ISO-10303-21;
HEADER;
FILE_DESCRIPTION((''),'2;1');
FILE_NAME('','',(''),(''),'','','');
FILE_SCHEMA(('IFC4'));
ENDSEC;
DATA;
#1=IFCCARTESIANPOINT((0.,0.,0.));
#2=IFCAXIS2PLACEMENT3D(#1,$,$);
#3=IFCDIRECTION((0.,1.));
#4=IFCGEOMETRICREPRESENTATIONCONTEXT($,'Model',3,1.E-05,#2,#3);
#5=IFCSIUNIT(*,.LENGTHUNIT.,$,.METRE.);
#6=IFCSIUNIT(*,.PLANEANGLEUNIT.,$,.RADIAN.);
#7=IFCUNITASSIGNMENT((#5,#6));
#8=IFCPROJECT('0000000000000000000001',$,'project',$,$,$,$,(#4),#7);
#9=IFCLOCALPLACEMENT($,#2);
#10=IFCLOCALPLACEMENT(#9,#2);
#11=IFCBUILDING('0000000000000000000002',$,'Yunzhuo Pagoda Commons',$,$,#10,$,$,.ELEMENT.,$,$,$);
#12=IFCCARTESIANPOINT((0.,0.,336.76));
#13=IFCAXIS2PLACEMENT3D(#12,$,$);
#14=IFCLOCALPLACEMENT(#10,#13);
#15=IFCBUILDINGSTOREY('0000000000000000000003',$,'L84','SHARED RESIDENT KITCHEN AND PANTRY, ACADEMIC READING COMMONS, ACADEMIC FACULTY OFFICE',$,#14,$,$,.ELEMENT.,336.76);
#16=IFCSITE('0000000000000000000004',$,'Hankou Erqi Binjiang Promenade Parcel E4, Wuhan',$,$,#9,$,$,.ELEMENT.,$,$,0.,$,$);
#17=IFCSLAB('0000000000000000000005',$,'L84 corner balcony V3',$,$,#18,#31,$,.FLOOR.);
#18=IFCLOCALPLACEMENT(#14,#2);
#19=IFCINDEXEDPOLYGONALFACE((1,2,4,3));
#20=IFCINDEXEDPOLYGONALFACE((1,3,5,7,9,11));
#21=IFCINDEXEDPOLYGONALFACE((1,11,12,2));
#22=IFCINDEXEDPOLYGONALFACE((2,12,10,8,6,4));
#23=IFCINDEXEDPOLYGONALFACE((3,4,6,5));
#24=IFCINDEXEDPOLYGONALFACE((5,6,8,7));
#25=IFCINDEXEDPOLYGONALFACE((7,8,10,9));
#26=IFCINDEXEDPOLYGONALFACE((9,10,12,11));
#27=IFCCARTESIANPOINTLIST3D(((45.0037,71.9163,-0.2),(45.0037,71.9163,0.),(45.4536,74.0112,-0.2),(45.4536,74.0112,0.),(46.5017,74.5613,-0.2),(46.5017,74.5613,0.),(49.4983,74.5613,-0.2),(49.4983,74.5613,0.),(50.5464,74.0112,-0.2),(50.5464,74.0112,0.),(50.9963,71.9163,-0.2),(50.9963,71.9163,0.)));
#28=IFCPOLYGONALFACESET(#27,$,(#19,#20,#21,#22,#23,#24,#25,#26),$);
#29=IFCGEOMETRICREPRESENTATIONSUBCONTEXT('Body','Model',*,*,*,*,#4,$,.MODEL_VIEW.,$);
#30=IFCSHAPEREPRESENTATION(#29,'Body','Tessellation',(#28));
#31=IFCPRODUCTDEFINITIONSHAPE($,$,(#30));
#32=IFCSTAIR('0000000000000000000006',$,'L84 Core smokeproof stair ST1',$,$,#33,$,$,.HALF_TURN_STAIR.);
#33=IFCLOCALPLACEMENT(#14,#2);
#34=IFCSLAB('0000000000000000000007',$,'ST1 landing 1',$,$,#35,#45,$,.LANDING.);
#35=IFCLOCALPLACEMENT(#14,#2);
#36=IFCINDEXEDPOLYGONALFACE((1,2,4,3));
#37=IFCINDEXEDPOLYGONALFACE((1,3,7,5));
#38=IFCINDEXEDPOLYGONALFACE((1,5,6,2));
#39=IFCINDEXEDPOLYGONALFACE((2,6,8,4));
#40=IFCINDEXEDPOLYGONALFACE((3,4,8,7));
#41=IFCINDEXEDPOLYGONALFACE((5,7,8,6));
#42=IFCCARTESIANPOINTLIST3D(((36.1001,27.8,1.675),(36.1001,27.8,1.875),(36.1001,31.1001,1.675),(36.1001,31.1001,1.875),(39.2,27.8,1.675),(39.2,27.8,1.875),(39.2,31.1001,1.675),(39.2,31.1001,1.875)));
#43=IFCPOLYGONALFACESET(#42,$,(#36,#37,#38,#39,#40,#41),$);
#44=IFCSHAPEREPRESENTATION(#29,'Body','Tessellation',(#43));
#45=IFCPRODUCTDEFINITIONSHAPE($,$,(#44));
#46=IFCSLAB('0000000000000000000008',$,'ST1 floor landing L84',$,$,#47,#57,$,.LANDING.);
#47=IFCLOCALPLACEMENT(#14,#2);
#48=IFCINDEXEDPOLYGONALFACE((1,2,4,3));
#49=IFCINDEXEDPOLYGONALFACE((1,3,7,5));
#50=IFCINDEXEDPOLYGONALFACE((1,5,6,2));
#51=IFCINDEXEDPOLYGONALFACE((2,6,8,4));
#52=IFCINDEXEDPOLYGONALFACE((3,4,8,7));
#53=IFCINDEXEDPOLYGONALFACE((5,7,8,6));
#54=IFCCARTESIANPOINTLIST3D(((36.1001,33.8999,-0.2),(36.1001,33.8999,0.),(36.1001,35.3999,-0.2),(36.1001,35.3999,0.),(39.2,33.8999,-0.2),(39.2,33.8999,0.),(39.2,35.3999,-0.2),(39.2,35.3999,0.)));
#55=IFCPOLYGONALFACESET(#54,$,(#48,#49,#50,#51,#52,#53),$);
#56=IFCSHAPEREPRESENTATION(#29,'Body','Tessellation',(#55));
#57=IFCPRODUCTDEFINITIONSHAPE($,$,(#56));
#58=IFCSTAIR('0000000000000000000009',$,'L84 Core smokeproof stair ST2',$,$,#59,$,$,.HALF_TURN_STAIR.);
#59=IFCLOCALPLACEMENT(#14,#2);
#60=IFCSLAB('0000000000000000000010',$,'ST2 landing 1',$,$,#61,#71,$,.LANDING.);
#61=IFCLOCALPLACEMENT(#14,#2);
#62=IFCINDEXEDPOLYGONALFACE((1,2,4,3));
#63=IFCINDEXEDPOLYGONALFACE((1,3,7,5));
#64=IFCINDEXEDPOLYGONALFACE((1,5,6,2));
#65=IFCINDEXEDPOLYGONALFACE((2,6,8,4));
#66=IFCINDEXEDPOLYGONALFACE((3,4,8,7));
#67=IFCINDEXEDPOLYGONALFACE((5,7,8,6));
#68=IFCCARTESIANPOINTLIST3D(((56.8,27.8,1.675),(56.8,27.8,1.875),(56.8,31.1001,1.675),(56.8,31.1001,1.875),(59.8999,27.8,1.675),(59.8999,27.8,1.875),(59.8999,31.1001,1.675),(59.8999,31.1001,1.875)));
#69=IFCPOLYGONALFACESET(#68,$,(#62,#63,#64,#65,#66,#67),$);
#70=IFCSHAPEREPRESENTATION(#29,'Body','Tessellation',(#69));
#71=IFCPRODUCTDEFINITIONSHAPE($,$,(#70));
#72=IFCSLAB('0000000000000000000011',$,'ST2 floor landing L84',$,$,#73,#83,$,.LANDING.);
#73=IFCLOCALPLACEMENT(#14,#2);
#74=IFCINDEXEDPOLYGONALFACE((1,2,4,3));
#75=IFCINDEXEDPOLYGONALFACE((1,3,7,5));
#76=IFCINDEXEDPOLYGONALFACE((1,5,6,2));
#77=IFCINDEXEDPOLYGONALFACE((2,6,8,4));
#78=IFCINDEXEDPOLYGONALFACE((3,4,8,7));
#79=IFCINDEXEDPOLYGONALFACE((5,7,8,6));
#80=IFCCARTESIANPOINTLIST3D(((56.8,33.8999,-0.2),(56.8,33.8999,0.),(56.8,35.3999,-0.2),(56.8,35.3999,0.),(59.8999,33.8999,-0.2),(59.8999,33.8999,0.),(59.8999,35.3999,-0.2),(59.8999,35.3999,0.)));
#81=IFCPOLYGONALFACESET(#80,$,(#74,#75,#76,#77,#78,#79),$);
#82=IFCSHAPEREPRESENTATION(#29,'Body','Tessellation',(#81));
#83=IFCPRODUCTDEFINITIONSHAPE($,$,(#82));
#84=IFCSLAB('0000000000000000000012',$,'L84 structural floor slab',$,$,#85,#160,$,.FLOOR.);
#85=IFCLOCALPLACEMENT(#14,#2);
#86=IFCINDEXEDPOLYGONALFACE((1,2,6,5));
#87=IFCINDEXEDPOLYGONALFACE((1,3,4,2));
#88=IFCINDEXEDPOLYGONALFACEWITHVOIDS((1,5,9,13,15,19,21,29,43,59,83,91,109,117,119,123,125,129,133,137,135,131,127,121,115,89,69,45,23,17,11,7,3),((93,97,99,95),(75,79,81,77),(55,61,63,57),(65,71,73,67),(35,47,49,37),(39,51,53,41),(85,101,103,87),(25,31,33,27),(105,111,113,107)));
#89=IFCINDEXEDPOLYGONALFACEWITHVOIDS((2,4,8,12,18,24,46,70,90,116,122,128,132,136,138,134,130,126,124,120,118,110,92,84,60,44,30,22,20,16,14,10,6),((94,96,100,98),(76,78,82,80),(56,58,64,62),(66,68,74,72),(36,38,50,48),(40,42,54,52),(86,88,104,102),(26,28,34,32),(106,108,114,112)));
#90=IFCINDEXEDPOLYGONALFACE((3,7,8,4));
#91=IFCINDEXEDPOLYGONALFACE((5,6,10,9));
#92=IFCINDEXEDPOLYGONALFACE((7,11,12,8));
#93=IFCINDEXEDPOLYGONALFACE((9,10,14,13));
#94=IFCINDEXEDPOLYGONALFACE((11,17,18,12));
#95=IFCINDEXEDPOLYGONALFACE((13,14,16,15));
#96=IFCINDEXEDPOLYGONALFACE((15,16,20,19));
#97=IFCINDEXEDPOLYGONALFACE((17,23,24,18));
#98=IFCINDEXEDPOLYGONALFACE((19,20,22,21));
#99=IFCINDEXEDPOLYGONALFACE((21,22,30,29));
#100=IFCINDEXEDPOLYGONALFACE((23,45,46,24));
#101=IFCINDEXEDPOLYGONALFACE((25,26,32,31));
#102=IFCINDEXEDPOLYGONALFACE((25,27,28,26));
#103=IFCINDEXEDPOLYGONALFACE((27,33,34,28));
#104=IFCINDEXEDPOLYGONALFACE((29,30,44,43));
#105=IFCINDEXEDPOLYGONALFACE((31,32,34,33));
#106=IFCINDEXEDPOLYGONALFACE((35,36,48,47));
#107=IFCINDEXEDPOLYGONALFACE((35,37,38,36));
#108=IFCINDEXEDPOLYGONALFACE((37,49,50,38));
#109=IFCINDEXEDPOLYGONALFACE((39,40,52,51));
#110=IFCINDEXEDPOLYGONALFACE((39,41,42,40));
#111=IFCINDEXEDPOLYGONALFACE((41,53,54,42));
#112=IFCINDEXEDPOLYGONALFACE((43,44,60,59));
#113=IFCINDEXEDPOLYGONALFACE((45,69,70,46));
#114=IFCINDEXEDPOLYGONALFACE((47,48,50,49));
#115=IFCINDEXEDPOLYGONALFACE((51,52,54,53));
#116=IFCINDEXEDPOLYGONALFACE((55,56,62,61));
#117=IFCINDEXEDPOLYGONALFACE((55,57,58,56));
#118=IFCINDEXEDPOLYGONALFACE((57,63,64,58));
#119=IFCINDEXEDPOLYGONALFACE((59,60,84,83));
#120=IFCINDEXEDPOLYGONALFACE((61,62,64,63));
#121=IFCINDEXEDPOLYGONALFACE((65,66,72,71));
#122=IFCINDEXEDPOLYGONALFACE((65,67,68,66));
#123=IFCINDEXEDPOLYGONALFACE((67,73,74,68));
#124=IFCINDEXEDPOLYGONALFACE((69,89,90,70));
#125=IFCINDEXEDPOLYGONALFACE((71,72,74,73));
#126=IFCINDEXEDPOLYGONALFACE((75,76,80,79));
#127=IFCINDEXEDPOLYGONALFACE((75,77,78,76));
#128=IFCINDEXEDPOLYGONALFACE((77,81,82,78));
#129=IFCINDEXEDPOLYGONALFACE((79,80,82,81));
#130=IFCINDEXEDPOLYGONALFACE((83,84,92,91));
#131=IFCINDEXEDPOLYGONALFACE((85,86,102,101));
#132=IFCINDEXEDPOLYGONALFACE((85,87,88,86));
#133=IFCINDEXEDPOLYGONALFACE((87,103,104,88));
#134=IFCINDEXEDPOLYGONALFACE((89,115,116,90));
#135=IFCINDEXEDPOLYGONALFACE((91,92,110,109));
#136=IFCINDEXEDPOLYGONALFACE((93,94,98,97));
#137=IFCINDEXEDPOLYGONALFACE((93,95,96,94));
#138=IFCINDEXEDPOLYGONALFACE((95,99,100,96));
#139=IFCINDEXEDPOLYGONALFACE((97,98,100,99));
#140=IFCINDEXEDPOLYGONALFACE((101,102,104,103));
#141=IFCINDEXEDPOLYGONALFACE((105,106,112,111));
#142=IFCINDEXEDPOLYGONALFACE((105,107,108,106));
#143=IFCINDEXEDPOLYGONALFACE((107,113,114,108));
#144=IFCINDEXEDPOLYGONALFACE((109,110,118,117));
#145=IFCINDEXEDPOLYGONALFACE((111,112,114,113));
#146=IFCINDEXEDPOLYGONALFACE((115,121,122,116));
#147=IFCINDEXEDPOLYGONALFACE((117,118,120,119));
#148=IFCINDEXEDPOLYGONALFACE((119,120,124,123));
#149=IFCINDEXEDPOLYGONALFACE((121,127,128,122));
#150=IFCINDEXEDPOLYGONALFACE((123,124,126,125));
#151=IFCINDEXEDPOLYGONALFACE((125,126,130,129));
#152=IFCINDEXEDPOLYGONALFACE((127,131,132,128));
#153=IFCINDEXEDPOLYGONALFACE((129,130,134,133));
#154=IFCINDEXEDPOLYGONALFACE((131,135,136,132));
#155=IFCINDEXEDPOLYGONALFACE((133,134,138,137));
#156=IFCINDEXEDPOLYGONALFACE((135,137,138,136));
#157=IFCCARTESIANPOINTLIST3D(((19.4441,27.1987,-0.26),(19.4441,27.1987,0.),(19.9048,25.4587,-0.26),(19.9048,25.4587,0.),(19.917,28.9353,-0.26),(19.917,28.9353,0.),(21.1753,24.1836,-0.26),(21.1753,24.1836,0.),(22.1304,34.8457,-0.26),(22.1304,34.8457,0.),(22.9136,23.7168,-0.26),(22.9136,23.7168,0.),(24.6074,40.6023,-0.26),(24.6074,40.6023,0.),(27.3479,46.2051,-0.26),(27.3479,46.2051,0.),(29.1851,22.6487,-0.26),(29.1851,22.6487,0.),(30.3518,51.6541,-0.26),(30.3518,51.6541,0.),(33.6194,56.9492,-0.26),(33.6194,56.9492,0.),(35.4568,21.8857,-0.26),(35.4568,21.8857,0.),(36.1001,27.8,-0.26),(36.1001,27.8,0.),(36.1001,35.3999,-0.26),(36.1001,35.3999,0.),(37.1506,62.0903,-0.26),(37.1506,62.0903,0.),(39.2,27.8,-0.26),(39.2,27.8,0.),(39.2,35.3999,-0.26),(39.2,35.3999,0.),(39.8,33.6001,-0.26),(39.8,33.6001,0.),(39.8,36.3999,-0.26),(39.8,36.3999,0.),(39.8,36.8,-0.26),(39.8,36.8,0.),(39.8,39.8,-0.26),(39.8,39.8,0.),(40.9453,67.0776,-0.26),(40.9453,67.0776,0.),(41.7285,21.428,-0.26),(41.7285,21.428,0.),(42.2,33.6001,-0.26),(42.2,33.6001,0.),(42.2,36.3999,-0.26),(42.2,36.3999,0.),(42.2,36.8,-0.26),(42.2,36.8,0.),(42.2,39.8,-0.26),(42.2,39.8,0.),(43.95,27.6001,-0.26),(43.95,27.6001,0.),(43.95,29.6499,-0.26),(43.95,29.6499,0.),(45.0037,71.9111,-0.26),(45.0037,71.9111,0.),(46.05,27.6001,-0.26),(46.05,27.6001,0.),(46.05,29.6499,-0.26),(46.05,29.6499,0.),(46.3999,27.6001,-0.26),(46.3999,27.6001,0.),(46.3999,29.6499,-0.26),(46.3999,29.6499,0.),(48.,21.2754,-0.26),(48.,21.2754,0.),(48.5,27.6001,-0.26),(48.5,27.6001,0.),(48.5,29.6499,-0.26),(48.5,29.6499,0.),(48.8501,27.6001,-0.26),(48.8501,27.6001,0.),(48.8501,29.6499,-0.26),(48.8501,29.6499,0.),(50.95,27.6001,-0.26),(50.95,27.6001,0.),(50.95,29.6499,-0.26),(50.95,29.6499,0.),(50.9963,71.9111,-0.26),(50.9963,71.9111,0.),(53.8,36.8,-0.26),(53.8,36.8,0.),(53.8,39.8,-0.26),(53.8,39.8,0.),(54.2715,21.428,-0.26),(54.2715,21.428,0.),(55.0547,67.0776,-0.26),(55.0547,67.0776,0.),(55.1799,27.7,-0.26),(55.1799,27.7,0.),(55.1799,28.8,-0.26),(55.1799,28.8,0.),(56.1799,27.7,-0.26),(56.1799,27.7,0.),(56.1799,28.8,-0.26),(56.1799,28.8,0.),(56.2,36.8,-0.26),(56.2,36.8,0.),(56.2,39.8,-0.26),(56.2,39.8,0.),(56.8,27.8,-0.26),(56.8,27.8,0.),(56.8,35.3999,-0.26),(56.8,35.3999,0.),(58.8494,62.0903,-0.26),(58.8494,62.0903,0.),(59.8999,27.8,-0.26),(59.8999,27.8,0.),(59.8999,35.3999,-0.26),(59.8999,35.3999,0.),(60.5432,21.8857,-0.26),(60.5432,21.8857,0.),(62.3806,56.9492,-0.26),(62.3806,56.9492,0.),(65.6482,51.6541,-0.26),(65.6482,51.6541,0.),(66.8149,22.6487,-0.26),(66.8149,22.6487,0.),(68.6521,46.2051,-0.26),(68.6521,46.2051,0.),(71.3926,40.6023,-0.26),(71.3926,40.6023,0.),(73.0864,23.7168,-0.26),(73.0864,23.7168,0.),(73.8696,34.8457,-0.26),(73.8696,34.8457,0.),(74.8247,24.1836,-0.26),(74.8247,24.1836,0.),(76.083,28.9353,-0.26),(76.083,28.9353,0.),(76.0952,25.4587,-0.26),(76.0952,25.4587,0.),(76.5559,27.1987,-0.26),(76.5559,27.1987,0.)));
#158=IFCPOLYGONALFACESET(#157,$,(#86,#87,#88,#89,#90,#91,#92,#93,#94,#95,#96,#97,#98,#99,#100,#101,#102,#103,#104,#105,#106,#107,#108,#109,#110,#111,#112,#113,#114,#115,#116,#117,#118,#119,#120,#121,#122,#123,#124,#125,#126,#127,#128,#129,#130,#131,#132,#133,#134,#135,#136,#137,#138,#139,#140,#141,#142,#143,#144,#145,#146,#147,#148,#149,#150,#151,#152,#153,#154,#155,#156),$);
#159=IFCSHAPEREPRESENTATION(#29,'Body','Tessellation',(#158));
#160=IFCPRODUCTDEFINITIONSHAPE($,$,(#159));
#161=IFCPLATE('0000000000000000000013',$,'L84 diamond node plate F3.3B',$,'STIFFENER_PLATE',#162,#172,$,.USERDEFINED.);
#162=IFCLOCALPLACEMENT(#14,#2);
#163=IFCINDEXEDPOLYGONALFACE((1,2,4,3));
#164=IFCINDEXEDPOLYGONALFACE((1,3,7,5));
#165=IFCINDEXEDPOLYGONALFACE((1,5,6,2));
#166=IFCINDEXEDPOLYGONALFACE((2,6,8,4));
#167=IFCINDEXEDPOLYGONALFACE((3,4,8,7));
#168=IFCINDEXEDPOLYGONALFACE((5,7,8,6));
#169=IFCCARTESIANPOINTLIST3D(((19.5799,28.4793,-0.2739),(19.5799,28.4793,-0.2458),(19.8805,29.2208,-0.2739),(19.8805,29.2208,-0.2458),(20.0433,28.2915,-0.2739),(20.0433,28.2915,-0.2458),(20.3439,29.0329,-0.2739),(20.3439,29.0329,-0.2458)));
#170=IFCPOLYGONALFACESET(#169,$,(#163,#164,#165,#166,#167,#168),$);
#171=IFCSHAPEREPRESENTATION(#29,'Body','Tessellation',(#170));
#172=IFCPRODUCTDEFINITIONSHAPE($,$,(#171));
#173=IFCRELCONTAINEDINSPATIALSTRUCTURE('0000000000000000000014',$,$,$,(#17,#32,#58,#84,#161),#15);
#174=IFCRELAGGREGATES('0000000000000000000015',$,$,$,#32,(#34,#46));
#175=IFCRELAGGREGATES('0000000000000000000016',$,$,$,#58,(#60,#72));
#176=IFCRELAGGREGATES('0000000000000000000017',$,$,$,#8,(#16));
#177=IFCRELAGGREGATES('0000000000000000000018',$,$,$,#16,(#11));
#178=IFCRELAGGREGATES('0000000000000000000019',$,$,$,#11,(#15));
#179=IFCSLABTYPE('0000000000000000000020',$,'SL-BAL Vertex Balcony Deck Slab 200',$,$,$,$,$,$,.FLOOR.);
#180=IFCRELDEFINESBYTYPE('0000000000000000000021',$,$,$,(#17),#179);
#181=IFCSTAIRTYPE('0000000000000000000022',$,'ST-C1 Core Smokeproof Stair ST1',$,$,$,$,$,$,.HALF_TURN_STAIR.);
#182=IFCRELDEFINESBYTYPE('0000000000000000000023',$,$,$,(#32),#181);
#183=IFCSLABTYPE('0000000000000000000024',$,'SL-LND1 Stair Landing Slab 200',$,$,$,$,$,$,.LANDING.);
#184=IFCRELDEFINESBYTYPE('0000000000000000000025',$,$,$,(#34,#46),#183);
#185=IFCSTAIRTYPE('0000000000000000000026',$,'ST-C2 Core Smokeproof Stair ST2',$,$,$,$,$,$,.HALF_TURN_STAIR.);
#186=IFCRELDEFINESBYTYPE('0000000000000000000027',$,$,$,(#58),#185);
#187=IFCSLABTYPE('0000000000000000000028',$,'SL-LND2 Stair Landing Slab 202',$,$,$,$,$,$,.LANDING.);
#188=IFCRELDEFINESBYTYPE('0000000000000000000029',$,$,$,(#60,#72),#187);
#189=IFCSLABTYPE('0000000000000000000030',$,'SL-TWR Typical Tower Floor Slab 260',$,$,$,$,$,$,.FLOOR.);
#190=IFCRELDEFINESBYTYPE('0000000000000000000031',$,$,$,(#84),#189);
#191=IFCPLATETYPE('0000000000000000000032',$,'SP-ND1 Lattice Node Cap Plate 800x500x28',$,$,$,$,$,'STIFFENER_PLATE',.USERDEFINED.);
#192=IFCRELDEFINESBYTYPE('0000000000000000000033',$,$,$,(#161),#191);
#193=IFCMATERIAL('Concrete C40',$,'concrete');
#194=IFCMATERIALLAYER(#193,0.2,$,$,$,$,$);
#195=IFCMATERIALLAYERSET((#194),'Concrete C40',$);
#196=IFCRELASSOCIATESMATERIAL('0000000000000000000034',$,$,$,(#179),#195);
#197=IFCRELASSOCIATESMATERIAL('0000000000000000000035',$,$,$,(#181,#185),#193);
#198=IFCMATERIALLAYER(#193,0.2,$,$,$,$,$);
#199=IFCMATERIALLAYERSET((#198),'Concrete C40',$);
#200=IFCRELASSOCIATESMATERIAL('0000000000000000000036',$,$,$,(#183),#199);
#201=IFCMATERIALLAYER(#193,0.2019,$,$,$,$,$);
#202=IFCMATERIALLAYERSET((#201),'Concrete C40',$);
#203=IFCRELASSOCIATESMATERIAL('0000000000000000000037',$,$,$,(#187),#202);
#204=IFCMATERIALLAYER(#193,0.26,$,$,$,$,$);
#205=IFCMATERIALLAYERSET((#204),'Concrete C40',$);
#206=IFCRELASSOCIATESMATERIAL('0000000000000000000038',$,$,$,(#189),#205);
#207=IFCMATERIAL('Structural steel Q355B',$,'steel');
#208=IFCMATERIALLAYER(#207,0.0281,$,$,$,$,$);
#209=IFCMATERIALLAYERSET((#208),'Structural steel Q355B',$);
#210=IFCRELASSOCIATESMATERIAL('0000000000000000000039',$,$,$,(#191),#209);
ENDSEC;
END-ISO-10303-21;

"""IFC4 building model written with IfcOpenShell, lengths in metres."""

from ifc_helpers import new_model, si_unit, direction, frame, origin, origin_2d, place, context, subcontext, project, spatial, polyline, rectangle, outline, extrude, source, transform, mapped, material, layer, layer_set, type_object, element, aggregate, save


model = new_model("IFC4")

# Units and contexts
model_context = context("Model", 3, precision=1e-05, world=origin(), true_north=direction((0.0, 1.0)))
body_context = subcontext(model_context, "Body", "Model", "MODEL_VIEW")
ifc_project = project(units=[si_unit("LENGTHUNIT", "METRE"), si_unit("PLANEANGLEUNIT", "RADIAN")], contexts=[model_context])

# Site, building, storey
site_placement = place(None, origin())
site = spatial("IfcSite", under=ifc_project, at=site_placement, Name="Hankou Erqi Binjiang Promenade Parcel E4, Wuhan", CompositionType="ELEMENT", RefElevation=0.0)
building_placement = place(site_placement, origin())
building = spatial("IfcBuilding", under=site, at=building_placement, Name="Yunzhuo Pagoda Commons", CompositionType="ELEMENT")
storey_placement = place(building_placement, frame((0.0, 0.0, 336.76)))
storey = spatial("IfcBuildingStorey", under=building, at=storey_placement, Name="L84", Description="SHARED RESIDENT KITCHEN AND PANTRY, ACADEMIC READING COMMONS, ACADEMIC FACULTY OFFICE", CompositionType="ELEMENT", Elevation=336.76)

# Shared definitions
ifc_material_1 = material(Name="Structural steel Q355B", Category="steel")

# Slab
ifc_material_2 = material(Name="Concrete C40", Category="concrete")
ifc_layer_1 = layer(ifc_material_2, 0.2)
ifc_layer_set_1 = layer_set([ifc_layer_1], Name="Concrete C40")
slab_type_1 = type_object("IfcSlabType", Name="SL-BAL Vertex Balcony Deck Slab 200", PredefinedType="FLOOR", material=ifc_layer_set_1)
slab_1_placement = place(storey_placement, frame((0.0, 0.0, -0.2)))
element("IfcSlab", 1, at=slab_1_placement, inside=storey, type_object=slab_type_1, Name="L84 corner balcony V3", PredefinedType="FLOOR", context=body_context, shape_type="SweptSolid", body=[
    extrude(outline(polyline([(50.9963, 71.9163), (45.0037, 71.9163), (45.4536, 74.0112), (46.5017, 74.5613), (49.4983, 74.5613), (50.5464, 74.0112), (50.9963, 71.9163)])), origin(), (0.0, 0.0, 1.0), 0.2),
])

# Stairs, slabs
stair_type_1 = type_object("IfcStairType", Name="ST-C1 Core Smokeproof Stair ST1", PredefinedType="HALF_TURN_STAIR", material=ifc_material_2)
stair_1_placement = place(storey_placement, origin())
stair_1 = element("IfcStair", 2, at=stair_1_placement, inside=storey, type_object=stair_type_1, Name="L84 Core smokeproof stair ST1", PredefinedType="HALF_TURN_STAIR")
ifc_layer_2 = layer(ifc_material_2, 0.2)
ifc_layer_set_2 = layer_set([ifc_layer_2], Name="Concrete C40")
slab_type_2 = type_object("IfcSlabType", Name="SL-LND1 Stair Landing Slab 200", PredefinedType="LANDING", material=ifc_layer_set_2)
slab_2_placement = place(storey_placement, frame((0.0, 0.0, 1.675)))
slab_2 = element("IfcSlab", 3, at=slab_2_placement, type_object=slab_type_2, Name="ST1 landing 1", PredefinedType="LANDING", context=body_context, shape_type="SweptSolid", body=[
    extrude(outline(polyline([(36.1001, 31.1001), (36.1001, 27.8), (39.2, 27.8), (39.2, 31.1001), (36.1001, 31.1001)])), origin(), (0.0, 0.0, 1.0), 0.2),
])
slab_3_placement = place(storey_placement, frame((0.0, 0.0, -0.2)))
slab_3 = element("IfcSlab", 4, at=slab_3_placement, type_object=slab_type_2, Name="ST1 floor landing L84", PredefinedType="LANDING", context=body_context, shape_type="SweptSolid", body=[
    extrude(outline(polyline([(36.1001, 35.3999), (36.1001, 33.8999), (39.2, 33.8999), (39.2, 35.3999), (36.1001, 35.3999)])), origin(), (0.0, 0.0, 1.0), 0.2),
])
aggregate(stair_1, [slab_2, slab_3])
stair_type_2 = type_object("IfcStairType", Name="ST-C2 Core Smokeproof Stair ST2", PredefinedType="HALF_TURN_STAIR", material=ifc_material_2)
stair_2_placement = place(storey_placement, origin())
stair_2 = element("IfcStair", 5, at=stair_2_placement, inside=storey, type_object=stair_type_2, Name="L84 Core smokeproof stair ST2", PredefinedType="HALF_TURN_STAIR")
ifc_layer_3 = layer(ifc_material_2, 0.2019)
ifc_layer_set_3 = layer_set([ifc_layer_3], Name="Concrete C40")
slab_type_3 = type_object("IfcSlabType", Name="SL-LND2 Stair Landing Slab 202", PredefinedType="LANDING", material=ifc_layer_set_3)
slab_4_placement = place(storey_placement, frame((0.0, 0.0, 1.675)))
slab_4 = element("IfcSlab", 6, at=slab_4_placement, type_object=slab_type_3, Name="ST2 landing 1", PredefinedType="LANDING", context=body_context, shape_type="SweptSolid", body=[
    extrude(outline(polyline([(56.8, 31.1001), (56.8, 27.8), (59.8999, 27.8), (59.8999, 31.1001), (56.8, 31.1001)])), origin(), (0.0, 0.0, 1.0), 0.2),
])
slab_5_placement = place(storey_placement, frame((0.0, 0.0, -0.2)))
slab_5 = element("IfcSlab", 7, at=slab_5_placement, type_object=slab_type_3, Name="ST2 floor landing L84", PredefinedType="LANDING", context=body_context, shape_type="SweptSolid", body=[
    extrude(outline(polyline([(56.8, 35.3999), (56.8, 33.8999), (59.8999, 33.8999), (59.8999, 35.3999), (56.8, 35.3999)])), origin(), (0.0, 0.0, 1.0), 0.2),
])
aggregate(stair_2, [slab_4, slab_5])

# Slab
ifc_layer_4 = layer(ifc_material_2, 0.26)
ifc_layer_set_4 = layer_set([ifc_layer_4], Name="Concrete C40")
slab_type_4 = type_object("IfcSlabType", Name="SL-TWR Typical Tower Floor Slab 260", PredefinedType="FLOOR", material=ifc_layer_set_4)
slab_6_placement = place(storey_placement, frame((0.0, 0.0, -0.26)))
element("IfcSlab", 8, at=slab_6_placement, inside=storey, type_object=slab_type_4, Name="L84 structural floor slab", PredefinedType="FLOOR", context=body_context, shape_type="SweptSolid", body=[
    extrude(outline(polyline([(22.1304, 34.8457), (24.6074, 40.6023), (27.3479, 46.2051), (30.3518, 51.6541), (33.6194, 56.9492), (37.1506, 62.0903), (40.9453, 67.0776), (45.0037, 71.9111), (50.9963, 71.9111), (55.0547, 67.0776), (58.8494, 62.0903), (62.3806, 56.9492), (65.6482, 51.6541), (68.6521, 46.2051), (71.3926, 40.6023), (73.8696, 34.8457), (76.083, 28.9353), (76.5559, 27.1987), (76.0952, 25.4587), (74.8247, 24.1836), (73.0864, 23.7168), (66.8149, 22.6487), (60.5432, 21.8857), (54.2715, 21.428), (48.0, 21.2754), (41.7285, 21.428), (35.4568, 21.8857), (29.1851, 22.6487), (22.9136, 23.7168), (21.1753, 24.1836), (19.9048, 25.4587), (19.4441, 27.1987), (19.917, 28.9353), (22.1304, 34.8457)]), holes=[polyline([(56.1799, 28.8), (55.1799, 28.8), (55.1799, 27.7), (56.1799, 27.7), (56.1799, 28.8)]), polyline([(46.05, 29.6499), (43.95, 29.6499), (43.95, 27.6001), (46.05, 27.6001), (46.05, 29.6499)]), polyline([(48.5, 29.6499), (46.3999, 29.6499), (46.3999, 27.6001), (48.5, 27.6001), (48.5, 29.6499)]), polyline([(50.95, 29.6499), (48.8501, 29.6499), (48.8501, 27.6001), (50.95, 27.6001), (50.95, 29.6499)]), polyline([(39.2, 27.8), (39.2, 35.3999), (36.1001, 35.3999), (36.1001, 27.8), (39.2, 27.8)]), polyline([(59.8999, 27.8), (59.8999, 35.3999), (56.8, 35.3999), (56.8, 27.8), (59.8999, 27.8)]), polyline([(42.2, 36.3999), (39.8, 36.3999), (39.8, 33.6001), (42.2, 33.6001), (42.2, 36.3999)]), polyline([(42.2, 36.8), (42.2, 39.8), (39.8, 39.8), (39.8, 36.8), (42.2, 36.8)]), polyline([(56.2, 36.8), (56.2, 39.8), (53.8, 39.8), (53.8, 36.8), (56.2, 36.8)])]), origin(), (0.0, 0.0, 1.0), 0.26),
])

# Plate
ifc_layer_5 = layer(ifc_material_1, 0.0281)
ifc_layer_set_5 = layer_set([ifc_layer_5], Name="Structural steel Q355B")
plate_type_1 = type_object("IfcPlateType", Name="SP-ND1 Lattice Node Cap Plate 800x500x28", ElementType="STIFFENER_PLATE", PredefinedType="USERDEFINED", material=ifc_layer_set_5)
shared_shape_1 = source(origin(), body_context, "Body", "SweptSolid", [
    extrude(rectangle(XDim=0.8, YDim=0.5, at=origin_2d()), origin(), (0.0, 0.0, 1.0), 0.0281),
])
plate_1_placement = place(storey_placement, frame((19.9619, 28.7561, -0.2739), z_axis=(0.0, 0.0, 1.0), x_axis=(-0.375755, -0.926719, 0.0)))
element("IfcPlate", 9, at=plate_1_placement, inside=storey, type_object=plate_type_1, Name="L84 diamond node plate F3.3B", ObjectType="STIFFENER_PLATE", PredefinedType="USERDEFINED", context=body_context, shape_type="MappedRepresentation", body=[
    mapped(shared_shape_1, transform((0.0, 0.0, 0.0), scale=1.0)),
])

save(model, "model.ifc")
